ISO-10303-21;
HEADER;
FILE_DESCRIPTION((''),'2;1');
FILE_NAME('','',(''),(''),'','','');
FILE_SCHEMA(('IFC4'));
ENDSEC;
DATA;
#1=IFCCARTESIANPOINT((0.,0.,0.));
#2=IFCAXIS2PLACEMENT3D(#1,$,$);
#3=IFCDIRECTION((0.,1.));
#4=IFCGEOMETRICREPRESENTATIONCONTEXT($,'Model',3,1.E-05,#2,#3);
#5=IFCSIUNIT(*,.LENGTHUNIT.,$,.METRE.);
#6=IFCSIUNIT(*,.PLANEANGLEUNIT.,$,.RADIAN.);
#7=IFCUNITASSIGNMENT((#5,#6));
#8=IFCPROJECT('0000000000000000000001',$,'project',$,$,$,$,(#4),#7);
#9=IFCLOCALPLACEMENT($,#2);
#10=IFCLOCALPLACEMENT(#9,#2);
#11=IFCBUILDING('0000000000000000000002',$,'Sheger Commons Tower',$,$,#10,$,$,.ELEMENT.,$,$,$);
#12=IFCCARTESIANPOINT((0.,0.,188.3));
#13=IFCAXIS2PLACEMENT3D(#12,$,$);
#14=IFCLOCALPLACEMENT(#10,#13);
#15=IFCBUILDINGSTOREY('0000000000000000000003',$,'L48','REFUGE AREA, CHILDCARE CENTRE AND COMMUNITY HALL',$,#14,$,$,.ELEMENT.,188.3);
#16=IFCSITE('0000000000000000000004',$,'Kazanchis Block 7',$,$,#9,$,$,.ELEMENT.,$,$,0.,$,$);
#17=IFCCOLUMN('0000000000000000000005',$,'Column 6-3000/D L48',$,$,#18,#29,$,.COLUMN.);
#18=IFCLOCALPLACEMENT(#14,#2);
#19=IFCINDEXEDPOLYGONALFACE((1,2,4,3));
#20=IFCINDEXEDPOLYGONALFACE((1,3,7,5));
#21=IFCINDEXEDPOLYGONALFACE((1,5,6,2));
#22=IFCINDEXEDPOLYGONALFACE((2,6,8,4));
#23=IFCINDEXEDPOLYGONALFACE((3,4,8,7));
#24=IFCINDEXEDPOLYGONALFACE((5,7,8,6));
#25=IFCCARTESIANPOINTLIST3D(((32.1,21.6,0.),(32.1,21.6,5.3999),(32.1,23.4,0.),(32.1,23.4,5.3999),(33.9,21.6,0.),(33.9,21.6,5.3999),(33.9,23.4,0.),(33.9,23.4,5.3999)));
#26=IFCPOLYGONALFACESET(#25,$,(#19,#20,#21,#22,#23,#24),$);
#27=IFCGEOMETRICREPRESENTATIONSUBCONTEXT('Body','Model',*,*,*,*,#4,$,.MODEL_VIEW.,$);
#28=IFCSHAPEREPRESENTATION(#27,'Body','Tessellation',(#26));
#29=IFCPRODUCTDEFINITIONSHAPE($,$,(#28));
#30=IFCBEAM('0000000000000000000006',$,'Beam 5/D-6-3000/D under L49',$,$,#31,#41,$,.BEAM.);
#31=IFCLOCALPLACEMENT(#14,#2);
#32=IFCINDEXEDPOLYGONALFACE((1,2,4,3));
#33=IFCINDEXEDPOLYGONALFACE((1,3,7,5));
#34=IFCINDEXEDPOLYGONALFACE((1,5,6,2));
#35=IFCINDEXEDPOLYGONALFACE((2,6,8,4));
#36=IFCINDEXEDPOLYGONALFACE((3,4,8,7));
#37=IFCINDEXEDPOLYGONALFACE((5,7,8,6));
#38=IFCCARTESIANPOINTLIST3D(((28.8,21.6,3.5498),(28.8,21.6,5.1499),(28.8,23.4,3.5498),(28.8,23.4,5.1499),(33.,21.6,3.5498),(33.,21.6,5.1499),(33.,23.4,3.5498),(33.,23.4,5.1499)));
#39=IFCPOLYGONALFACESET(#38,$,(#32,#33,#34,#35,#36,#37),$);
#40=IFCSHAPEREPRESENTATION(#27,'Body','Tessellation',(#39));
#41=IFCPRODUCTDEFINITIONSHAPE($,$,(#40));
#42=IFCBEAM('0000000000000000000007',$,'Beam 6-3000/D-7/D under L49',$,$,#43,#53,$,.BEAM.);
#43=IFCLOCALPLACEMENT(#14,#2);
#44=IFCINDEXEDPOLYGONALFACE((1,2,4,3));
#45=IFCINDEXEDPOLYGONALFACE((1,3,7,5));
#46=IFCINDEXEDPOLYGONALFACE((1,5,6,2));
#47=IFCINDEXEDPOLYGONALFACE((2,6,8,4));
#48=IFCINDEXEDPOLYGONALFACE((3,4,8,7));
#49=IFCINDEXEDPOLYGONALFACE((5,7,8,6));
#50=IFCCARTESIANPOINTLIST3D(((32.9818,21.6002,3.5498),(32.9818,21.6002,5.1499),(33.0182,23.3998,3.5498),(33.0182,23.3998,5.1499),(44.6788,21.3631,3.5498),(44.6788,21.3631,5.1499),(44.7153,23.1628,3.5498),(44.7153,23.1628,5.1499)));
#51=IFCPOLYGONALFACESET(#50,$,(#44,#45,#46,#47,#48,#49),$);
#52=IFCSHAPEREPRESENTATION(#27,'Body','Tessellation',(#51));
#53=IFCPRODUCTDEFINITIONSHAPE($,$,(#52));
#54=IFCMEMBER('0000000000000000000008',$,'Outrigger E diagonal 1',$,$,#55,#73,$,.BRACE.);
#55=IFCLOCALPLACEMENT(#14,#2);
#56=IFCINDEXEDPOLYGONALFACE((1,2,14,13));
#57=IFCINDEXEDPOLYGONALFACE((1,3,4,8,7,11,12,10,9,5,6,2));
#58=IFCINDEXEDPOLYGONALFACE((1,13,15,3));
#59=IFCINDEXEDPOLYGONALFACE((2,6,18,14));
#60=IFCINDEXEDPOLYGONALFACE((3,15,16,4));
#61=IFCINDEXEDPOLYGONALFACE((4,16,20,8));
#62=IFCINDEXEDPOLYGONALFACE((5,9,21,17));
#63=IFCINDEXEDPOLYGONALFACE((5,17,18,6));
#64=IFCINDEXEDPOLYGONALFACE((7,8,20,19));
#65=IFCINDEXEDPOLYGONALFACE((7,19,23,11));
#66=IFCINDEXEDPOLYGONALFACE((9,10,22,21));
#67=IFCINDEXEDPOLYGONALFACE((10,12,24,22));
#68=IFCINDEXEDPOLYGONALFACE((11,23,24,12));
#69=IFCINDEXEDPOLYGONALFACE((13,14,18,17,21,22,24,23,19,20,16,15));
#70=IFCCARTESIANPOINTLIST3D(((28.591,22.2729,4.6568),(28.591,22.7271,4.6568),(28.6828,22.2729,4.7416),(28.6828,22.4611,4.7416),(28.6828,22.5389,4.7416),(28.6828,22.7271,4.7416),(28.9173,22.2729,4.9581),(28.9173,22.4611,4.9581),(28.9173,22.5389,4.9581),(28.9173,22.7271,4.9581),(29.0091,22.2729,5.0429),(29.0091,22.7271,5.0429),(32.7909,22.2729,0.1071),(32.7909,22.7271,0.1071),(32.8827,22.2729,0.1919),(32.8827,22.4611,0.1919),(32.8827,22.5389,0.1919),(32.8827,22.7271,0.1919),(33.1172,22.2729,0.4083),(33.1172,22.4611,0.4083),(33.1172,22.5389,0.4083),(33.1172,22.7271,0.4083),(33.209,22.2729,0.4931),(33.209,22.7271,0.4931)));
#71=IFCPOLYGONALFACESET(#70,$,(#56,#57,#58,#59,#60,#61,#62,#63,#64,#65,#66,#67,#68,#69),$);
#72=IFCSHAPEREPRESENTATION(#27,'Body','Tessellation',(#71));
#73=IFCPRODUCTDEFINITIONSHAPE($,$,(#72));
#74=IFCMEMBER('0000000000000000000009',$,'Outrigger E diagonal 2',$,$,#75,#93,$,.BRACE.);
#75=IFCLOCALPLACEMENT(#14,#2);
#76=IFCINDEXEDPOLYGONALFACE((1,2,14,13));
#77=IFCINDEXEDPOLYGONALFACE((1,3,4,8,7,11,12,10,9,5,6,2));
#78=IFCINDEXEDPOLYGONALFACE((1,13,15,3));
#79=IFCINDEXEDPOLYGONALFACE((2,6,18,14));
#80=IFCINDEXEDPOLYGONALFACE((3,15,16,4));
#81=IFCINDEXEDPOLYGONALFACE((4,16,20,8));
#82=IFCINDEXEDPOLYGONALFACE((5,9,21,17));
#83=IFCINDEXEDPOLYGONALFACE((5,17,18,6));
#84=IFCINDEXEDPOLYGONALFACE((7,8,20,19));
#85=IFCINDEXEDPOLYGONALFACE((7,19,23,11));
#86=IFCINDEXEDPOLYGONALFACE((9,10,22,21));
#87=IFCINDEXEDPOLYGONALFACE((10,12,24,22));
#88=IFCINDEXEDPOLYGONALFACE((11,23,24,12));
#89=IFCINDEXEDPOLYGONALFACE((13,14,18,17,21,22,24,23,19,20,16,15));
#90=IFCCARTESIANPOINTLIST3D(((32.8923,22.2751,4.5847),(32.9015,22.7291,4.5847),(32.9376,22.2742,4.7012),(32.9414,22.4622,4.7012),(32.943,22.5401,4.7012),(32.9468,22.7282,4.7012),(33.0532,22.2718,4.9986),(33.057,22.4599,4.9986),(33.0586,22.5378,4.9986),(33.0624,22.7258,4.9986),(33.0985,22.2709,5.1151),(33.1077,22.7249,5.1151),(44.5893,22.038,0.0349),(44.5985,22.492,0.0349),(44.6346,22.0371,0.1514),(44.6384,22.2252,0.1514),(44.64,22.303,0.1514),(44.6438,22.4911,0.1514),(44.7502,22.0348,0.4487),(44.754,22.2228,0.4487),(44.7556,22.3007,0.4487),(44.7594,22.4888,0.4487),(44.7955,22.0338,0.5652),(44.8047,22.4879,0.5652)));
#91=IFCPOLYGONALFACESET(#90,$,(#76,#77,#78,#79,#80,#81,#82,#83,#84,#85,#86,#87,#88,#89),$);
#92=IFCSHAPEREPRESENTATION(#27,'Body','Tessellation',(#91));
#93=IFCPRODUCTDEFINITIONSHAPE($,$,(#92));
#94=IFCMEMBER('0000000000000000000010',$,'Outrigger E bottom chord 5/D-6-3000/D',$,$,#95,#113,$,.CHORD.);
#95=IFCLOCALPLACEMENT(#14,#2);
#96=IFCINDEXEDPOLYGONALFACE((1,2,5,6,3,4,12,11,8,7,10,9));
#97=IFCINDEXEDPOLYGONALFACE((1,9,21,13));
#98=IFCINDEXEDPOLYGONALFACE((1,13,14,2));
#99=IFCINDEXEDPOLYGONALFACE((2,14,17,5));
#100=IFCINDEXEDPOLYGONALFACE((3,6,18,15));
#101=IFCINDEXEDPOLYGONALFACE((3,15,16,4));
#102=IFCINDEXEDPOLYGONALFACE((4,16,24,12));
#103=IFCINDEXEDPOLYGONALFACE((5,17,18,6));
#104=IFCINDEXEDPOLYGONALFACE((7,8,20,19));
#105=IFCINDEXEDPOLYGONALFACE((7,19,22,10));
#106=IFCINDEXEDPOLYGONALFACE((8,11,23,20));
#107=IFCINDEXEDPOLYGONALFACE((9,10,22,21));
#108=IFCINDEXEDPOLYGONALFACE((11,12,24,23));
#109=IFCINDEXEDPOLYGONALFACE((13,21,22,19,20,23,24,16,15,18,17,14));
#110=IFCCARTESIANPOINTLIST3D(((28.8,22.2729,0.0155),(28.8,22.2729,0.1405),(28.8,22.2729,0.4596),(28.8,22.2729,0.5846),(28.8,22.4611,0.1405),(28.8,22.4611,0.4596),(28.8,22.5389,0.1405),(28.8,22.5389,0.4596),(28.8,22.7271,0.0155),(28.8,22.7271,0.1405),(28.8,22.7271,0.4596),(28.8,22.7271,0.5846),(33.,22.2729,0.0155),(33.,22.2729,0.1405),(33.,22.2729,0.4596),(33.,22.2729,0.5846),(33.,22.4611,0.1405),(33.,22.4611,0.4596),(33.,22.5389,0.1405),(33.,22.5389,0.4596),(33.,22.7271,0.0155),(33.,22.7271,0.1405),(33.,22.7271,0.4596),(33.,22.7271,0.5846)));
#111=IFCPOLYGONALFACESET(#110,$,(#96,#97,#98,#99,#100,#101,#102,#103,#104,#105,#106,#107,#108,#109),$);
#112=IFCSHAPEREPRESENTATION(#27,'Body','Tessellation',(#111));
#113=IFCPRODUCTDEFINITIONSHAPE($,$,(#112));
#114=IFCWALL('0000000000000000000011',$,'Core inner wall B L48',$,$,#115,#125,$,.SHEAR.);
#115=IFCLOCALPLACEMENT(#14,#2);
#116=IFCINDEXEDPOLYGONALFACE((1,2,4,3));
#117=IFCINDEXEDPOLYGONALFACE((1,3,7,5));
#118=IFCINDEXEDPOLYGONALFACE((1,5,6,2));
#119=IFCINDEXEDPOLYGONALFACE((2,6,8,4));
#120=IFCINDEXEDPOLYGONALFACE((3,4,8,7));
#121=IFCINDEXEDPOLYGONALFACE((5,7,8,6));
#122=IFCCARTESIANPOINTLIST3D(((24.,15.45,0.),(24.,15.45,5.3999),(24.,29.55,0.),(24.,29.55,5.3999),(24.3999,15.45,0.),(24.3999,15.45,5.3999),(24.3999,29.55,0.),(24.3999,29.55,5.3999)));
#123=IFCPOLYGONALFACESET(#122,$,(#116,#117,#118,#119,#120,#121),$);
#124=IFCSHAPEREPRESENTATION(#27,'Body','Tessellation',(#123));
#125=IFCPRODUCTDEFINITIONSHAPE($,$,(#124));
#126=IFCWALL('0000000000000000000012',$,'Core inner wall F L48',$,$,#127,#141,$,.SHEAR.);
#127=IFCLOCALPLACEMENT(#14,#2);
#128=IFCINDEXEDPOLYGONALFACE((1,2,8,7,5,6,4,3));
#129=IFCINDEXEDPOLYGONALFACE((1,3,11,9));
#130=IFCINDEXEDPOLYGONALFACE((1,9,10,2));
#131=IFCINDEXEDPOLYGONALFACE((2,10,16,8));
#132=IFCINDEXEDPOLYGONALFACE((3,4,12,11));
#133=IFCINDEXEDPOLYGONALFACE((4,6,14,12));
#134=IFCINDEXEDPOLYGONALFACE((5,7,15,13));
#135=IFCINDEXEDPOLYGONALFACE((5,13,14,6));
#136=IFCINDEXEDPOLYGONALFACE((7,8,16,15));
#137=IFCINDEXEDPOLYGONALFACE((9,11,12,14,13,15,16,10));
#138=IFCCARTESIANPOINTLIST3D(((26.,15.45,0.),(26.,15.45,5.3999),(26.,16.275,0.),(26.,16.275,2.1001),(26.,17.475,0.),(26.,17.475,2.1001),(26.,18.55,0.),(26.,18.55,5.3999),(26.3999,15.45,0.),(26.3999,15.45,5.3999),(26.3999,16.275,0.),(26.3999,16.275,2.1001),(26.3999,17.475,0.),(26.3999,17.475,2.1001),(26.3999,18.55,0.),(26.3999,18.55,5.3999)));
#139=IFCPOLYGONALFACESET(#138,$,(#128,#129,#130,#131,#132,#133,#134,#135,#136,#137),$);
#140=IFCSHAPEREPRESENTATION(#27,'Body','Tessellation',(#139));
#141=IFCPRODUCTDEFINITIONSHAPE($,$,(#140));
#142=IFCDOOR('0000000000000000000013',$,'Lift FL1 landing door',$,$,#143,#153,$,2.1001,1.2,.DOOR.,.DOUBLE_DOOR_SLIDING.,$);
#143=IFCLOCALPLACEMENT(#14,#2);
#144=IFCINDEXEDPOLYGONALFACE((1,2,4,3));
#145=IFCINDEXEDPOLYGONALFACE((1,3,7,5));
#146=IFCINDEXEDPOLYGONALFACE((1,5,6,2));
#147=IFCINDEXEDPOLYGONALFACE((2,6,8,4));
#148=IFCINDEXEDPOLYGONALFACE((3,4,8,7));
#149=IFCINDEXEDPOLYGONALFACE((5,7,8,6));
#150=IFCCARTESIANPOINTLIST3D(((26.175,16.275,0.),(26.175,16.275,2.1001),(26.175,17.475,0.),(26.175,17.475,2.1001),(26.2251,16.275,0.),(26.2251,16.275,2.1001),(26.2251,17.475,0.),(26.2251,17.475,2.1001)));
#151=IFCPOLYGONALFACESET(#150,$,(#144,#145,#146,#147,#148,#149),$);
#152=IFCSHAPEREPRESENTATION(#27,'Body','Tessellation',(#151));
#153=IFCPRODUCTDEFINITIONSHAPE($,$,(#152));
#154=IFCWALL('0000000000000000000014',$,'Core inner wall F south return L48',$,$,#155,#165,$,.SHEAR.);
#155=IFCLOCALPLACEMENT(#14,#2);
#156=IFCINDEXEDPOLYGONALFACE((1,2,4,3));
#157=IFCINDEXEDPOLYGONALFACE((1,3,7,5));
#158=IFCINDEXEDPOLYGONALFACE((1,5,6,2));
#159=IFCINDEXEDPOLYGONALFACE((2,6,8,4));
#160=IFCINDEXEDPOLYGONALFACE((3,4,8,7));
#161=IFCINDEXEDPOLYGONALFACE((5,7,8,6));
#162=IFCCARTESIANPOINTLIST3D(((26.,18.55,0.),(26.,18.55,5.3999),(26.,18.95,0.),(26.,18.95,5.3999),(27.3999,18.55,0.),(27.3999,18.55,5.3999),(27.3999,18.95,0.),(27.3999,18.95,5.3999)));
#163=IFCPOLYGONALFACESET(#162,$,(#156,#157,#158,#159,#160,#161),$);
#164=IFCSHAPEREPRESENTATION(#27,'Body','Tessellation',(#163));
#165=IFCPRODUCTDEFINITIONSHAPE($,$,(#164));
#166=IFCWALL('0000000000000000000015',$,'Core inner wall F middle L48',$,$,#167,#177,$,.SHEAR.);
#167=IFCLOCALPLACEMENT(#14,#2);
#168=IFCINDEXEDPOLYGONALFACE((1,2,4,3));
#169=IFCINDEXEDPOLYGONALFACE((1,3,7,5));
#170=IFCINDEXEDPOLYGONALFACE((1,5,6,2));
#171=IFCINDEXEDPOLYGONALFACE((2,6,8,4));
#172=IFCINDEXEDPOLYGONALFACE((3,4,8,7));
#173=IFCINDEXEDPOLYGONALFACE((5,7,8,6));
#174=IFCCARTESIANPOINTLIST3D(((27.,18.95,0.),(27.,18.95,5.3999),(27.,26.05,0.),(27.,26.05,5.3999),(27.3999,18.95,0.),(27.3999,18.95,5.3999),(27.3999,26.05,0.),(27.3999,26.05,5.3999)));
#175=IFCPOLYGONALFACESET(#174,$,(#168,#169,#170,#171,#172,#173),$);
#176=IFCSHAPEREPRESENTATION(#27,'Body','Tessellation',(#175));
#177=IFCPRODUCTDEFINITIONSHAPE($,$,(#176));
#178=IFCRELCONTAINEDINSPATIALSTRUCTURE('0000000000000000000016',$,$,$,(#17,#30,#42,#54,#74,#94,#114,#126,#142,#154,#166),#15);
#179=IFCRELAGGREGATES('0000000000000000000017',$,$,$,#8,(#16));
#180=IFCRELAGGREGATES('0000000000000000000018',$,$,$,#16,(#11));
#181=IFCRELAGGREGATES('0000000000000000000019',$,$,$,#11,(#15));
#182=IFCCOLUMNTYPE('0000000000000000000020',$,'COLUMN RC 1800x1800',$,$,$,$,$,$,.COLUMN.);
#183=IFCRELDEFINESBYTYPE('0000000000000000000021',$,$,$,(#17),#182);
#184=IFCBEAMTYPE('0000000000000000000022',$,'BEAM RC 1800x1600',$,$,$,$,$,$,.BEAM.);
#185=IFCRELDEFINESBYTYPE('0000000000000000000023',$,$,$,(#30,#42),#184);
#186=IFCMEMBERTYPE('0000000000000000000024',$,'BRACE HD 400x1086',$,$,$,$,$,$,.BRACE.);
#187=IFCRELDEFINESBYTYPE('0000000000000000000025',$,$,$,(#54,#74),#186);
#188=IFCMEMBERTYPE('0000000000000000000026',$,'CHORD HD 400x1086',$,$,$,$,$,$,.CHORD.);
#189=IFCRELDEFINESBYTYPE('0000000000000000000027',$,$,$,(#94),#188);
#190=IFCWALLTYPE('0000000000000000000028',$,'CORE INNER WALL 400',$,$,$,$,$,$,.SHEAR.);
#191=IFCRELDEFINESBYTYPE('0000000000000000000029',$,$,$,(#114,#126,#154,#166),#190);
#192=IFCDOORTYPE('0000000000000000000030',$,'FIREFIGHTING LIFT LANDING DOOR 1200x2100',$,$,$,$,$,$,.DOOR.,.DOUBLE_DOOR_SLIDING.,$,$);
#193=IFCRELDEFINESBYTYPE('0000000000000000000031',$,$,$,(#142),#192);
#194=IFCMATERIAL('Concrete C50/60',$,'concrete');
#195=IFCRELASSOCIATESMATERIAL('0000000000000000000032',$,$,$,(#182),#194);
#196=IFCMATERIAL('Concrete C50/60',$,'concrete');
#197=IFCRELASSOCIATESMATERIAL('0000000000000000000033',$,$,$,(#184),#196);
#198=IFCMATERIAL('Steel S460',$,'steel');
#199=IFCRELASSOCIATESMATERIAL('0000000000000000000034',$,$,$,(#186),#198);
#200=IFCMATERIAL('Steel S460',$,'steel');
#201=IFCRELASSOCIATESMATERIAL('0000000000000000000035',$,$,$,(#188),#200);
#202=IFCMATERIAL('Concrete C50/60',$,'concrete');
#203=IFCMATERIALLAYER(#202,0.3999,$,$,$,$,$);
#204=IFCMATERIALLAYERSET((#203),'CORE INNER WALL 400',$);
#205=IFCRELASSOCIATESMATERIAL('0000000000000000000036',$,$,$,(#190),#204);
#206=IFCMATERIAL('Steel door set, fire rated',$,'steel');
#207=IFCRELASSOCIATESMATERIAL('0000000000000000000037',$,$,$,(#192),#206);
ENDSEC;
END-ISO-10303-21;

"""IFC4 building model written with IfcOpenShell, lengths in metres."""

from ifc_helpers import new_model, si_unit, direction, frame, frame_2d, origin, origin_2d, place, context, subcontext, project, spatial, rectangle, i_section, extrude, material, layer, layer_set, material_profile, profile_set, type_object, element, fill, save


model = new_model("IFC4")

# Units and contexts
model_context = context("Model", 3, precision=1e-05, world=origin(), true_north=direction((0.0, 1.0)))
body_context = subcontext(model_context, "Body", "Model", "MODEL_VIEW")
ifc_project = project(units=[si_unit("LENGTHUNIT", "METRE"), si_unit("PLANEANGLEUNIT", "RADIAN")], contexts=[model_context])

# Site, building, storey
site_placement = place(None, origin())
site = spatial("IfcSite", under=ifc_project, at=site_placement, Name="Kazanchis Block 7", CompositionType="ELEMENT", RefElevation=0.0)
building_placement = place(site_placement, origin())
building = spatial("IfcBuilding", under=site, at=building_placement, Name="Sheger Commons Tower", CompositionType="ELEMENT")
storey_placement = place(building_placement, frame((0.0, 0.0, 188.3)))
storey = spatial("IfcBuildingStorey", under=building, at=storey_placement, Name="L48", Description="REFUGE AREA, CHILDCARE CENTRE AND COMMUNITY HALL", CompositionType="ELEMENT", Elevation=188.3)

# Column
ifc_material_1 = material(Name="Concrete C50/60", Category="concrete")
ifc_material_profile_1 = material_profile(ifc_material_1, rectangle(XDim=1.8, YDim=1.8, at=origin_2d()), Name="RC 1800x1800")
ifc_profile_set_1 = profile_set([ifc_material_profile_1], Name="Concrete C50/60")
column_type = type_object("IfcColumnType", Name="COLUMN RC 1800x1800", PredefinedType="COLUMN", material=ifc_profile_set_1)
column_placement = place(storey_placement, frame((33.0, 22.5, 0.0), z_axis=(0.0, 0.0, 1.0), x_axis=(1.0, 0.0, 0.0)))
element("IfcColumn", 1, at=column_placement, inside=storey, type_object=column_type, Name="Column 6-3000/D L48", PredefinedType="COLUMN", context=body_context, shape_type="SweptSolid", body=[
    extrude(rectangle(XDim=1.8, YDim=1.8, at=origin_2d()), origin(), (0.0, 0.0, 1.0), 5.3999),
])

# Beams
ifc_material_2 = material(Name="Concrete C50/60", Category="concrete")
ifc_material_profile_2 = material_profile(ifc_material_2, rectangle(XDim=1.8, YDim=1.6001, at=origin_2d()), Name="RC 1800x1600")
ifc_profile_set_2 = profile_set([ifc_material_profile_2], Name="Concrete C50/60")
beam_type = type_object("IfcBeamType", Name="BEAM RC 1800x1600", PredefinedType="BEAM", material=ifc_profile_set_2)
beam_1_placement = place(storey_placement, frame((28.8, 22.5, 4.3499), z_axis=(1.0, 0.0, 0.0), x_axis=(0.0, 1.0, 0.0)))
element("IfcBeam", 2, at=beam_1_placement, inside=storey, type_object=beam_type, Name="Beam 5/D-6-3000/D under L49", PredefinedType="BEAM", context=body_context, shape_type="SweptSolid", body=[
    extrude(rectangle(XDim=1.8, YDim=1.6001, at=origin_2d()), origin(), (0.0, 0.0, 1.0), 4.2),
])
beam_2_placement = place(storey_placement, frame((33.0, 22.5, 4.3499), z_axis=(0.999795, -0.020263, 0.0), x_axis=(0.020263, 0.999795, 0.0)))
element("IfcBeam", 3, at=beam_2_placement, inside=storey, type_object=beam_type, Name="Beam 6-3000/D-7/D under L49", PredefinedType="BEAM", context=body_context, shape_type="SweptSolid", body=[
    extrude(rectangle(XDim=1.8, YDim=1.6001, at=origin_2d()), origin(), (0.0, 0.0, 1.0), 11.6995),
])

# Members
ifc_material_3 = material(Name="Steel S460", Category="steel")
ifc_material_profile_3 = material_profile(ifc_material_3, i_section(OverallWidth=0.4541, OverallDepth=0.5691, WebThickness=0.0779, FlangeThickness=0.125, at=origin_2d()), Name="HD 400x1086")
ifc_profile_set_3 = profile_set([ifc_material_profile_3], Name="Steel S460")
member_type_1 = type_object("IfcMemberType", Name="BRACE HD 400x1086", PredefinedType="BRACE", material=ifc_profile_set_3)
member_1_placement = place(storey_placement, frame((28.8, 22.5, 4.8499), z_axis=(0.678292, 0.0, -0.734793), x_axis=(0.0, 1.0, 0.0)))
element("IfcMember", 4, at=member_1_placement, inside=storey, type_object=member_type_1, Name="Outrigger E diagonal 1", PredefinedType="BRACE", context=body_context, shape_type="SweptSolid", body=[
    extrude(i_section(OverallWidth=0.4541, OverallDepth=0.5691, WebThickness=0.0779, FlangeThickness=0.125, at=origin_2d()), origin(), (0.0, 0.0, 1.0), 6.1919),
])
member_2_placement = place(storey_placement, frame((33.0, 22.5, 4.8499), z_axis=(0.931813, -0.018885, -0.362448), x_axis=(0.020263, 0.999795, 0.0)))
element("IfcMember", 5, at=member_2_placement, inside=storey, type_object=member_type_1, Name="Outrigger E diagonal 2", PredefinedType="BRACE", context=body_context, shape_type="SweptSolid", body=[
    extrude(i_section(OverallWidth=0.4541, OverallDepth=0.5691, WebThickness=0.0779, FlangeThickness=0.125, at=origin_2d()), origin(), (0.0, 0.0, 1.0), 12.553),
])
ifc_material_4 = material(Name="Steel S460", Category="steel")
ifc_material_profile_4 = material_profile(ifc_material_4, i_section(OverallWidth=0.4541, OverallDepth=0.5691, WebThickness=0.0779, FlangeThickness=0.125, at=origin_2d()), Name="HD 400x1086")
ifc_profile_set_4 = profile_set([ifc_material_profile_4], Name="Steel S460")
member_type_2 = type_object("IfcMemberType", Name="CHORD HD 400x1086", PredefinedType="CHORD", material=ifc_profile_set_4)
member_3_placement = place(storey_placement, frame((28.8, 22.5, 0.3), z_axis=(1.0, 0.0, 0.0), x_axis=(0.0, 1.0, 0.0)))
element("IfcMember", 6, at=member_3_placement, inside=storey, type_object=member_type_2, Name="Outrigger E bottom chord 5/D-6-3000/D", PredefinedType="CHORD", context=body_context, shape_type="SweptSolid", body=[
    extrude(i_section(OverallWidth=0.4541, OverallDepth=0.5691, WebThickness=0.0779, FlangeThickness=0.125, at=origin_2d()), origin(), (0.0, 0.0, 1.0), 4.2),
])

# Wall
ifc_material_5 = material(Name="Concrete C50/60", Category="concrete")
ifc_layer_1 = layer(ifc_material_5, 0.3999)
ifc_layer_set_1 = layer_set([ifc_layer_1], Name="CORE INNER WALL 400")
wall_type_1 = type_object("IfcWallType", Name="CORE INNER WALL 400", PredefinedType="SHEAR", material=ifc_layer_set_1)
wall_1_placement = place(storey_placement, frame((24.2, 15.45, 0.0), z_axis=(0.0, 0.0, 1.0), x_axis=(0.0, 1.0, 0.0)))
element("IfcWall", 7, at=wall_1_placement, inside=storey, type_object=wall_type_1, Name="Core inner wall B L48", PredefinedType="SHEAR", context=body_context, shape_type="SweptSolid", body=[
    extrude(rectangle(XDim=14.1001, YDim=0.3999, at=frame_2d((7.05, 0.0))), origin(), (0.0, 0.0, 1.0), 5.3999),
])

# Wall, opening, door
wall_2_placement = place(storey_placement, frame((26.2, 15.45, 0.0), z_axis=(0.0, 0.0, 1.0), x_axis=(0.0, 1.0, 0.0)))
wall_2 = element("IfcWall", 8, at=wall_2_placement, inside=storey, type_object=wall_type_1, Name="Core inner wall F L48", PredefinedType="SHEAR", context=body_context, shape_type="SweptSolid", body=[
    extrude(rectangle(XDim=3.1001, YDim=0.3999, at=frame_2d((1.55, 0.0))), origin(), (0.0, 0.0, 1.0), 5.3999),
])
opening_1_placement = place(wall_2_placement, frame((0.825, 0.0, 0.0)))
opening_1 = element("IfcOpeningElement", 9, at=opening_1_placement, cuts=wall_2, PredefinedType="OPENING", context=body_context, shape_type="SweptSolid", body=[
    extrude(rectangle(XDim=1.2, YDim=2.1001, at=frame_2d((0.6001, 1.05))), frame((0.0, 0.21, 0.0), z_axis=(0.0, -1.0, 0.0), x_axis=(1.0, 0.0, 0.0)), (0.0, 0.0, 1.0), 0.4199),
])
ifc_material_6 = material(Name="Steel door set, fire rated", Category="steel")
door_type = type_object("IfcDoorType", Name="FIREFIGHTING LIFT LANDING DOOR 1200x2100", OperationType="DOUBLE_DOOR_SLIDING", PredefinedType="DOOR", material=ifc_material_6)
door_1_placement = place(opening_1_placement, origin())
door_1 = element("IfcDoor", 10, at=door_1_placement, inside=storey, type_object=door_type, Name="Lift FL1 landing door", OperationType="DOUBLE_DOOR_SLIDING", OverallHeight=2.1001, OverallWidth=1.2, PredefinedType="DOOR", context=body_context, shape_type="SweptSolid", body=[
    extrude(rectangle(XDim=1.2, YDim=2.1001, at=frame_2d((0.6001, 1.05))), frame((0.0, 0.0249, 0.0), z_axis=(0.0, -1.0, 0.0), x_axis=(1.0, 0.0, 0.0)), (0.0, 0.0, 1.0), 0.05),
])
fill(opening_1, door_1)

# Walls
wall_3_placement = place(storey_placement, frame((26.0, 18.75, 0.0), z_axis=(0.0, 0.0, 1.0), x_axis=(1.0, 0.0, 0.0)))
element("IfcWall", 11, at=wall_3_placement, inside=storey, type_object=wall_type_1, Name="Core inner wall F south return L48", PredefinedType="SHEAR", context=body_context, shape_type="SweptSolid", body=[
    extrude(rectangle(XDim=1.3999, YDim=0.3999, at=frame_2d((0.7, 0.0))), origin(), (0.0, 0.0, 1.0), 5.3999),
])
wall_4_placement = place(storey_placement, frame((27.2, 18.95, 0.0), z_axis=(0.0, 0.0, 1.0), x_axis=(0.0, 1.0, 0.0)))
element("IfcWall", 12, at=wall_4_placement, inside=storey, type_object=wall_type_1, Name="Core inner wall F middle L48", PredefinedType="SHEAR", context=body_context, shape_type="SweptSolid", body=[
    extrude(rectangle(XDim=7.1001, YDim=0.3999, at=frame_2d((3.55, 0.0))), origin(), (0.0, 0.0, 1.0), 5.3999),
])

save(model, "model.ifc")
